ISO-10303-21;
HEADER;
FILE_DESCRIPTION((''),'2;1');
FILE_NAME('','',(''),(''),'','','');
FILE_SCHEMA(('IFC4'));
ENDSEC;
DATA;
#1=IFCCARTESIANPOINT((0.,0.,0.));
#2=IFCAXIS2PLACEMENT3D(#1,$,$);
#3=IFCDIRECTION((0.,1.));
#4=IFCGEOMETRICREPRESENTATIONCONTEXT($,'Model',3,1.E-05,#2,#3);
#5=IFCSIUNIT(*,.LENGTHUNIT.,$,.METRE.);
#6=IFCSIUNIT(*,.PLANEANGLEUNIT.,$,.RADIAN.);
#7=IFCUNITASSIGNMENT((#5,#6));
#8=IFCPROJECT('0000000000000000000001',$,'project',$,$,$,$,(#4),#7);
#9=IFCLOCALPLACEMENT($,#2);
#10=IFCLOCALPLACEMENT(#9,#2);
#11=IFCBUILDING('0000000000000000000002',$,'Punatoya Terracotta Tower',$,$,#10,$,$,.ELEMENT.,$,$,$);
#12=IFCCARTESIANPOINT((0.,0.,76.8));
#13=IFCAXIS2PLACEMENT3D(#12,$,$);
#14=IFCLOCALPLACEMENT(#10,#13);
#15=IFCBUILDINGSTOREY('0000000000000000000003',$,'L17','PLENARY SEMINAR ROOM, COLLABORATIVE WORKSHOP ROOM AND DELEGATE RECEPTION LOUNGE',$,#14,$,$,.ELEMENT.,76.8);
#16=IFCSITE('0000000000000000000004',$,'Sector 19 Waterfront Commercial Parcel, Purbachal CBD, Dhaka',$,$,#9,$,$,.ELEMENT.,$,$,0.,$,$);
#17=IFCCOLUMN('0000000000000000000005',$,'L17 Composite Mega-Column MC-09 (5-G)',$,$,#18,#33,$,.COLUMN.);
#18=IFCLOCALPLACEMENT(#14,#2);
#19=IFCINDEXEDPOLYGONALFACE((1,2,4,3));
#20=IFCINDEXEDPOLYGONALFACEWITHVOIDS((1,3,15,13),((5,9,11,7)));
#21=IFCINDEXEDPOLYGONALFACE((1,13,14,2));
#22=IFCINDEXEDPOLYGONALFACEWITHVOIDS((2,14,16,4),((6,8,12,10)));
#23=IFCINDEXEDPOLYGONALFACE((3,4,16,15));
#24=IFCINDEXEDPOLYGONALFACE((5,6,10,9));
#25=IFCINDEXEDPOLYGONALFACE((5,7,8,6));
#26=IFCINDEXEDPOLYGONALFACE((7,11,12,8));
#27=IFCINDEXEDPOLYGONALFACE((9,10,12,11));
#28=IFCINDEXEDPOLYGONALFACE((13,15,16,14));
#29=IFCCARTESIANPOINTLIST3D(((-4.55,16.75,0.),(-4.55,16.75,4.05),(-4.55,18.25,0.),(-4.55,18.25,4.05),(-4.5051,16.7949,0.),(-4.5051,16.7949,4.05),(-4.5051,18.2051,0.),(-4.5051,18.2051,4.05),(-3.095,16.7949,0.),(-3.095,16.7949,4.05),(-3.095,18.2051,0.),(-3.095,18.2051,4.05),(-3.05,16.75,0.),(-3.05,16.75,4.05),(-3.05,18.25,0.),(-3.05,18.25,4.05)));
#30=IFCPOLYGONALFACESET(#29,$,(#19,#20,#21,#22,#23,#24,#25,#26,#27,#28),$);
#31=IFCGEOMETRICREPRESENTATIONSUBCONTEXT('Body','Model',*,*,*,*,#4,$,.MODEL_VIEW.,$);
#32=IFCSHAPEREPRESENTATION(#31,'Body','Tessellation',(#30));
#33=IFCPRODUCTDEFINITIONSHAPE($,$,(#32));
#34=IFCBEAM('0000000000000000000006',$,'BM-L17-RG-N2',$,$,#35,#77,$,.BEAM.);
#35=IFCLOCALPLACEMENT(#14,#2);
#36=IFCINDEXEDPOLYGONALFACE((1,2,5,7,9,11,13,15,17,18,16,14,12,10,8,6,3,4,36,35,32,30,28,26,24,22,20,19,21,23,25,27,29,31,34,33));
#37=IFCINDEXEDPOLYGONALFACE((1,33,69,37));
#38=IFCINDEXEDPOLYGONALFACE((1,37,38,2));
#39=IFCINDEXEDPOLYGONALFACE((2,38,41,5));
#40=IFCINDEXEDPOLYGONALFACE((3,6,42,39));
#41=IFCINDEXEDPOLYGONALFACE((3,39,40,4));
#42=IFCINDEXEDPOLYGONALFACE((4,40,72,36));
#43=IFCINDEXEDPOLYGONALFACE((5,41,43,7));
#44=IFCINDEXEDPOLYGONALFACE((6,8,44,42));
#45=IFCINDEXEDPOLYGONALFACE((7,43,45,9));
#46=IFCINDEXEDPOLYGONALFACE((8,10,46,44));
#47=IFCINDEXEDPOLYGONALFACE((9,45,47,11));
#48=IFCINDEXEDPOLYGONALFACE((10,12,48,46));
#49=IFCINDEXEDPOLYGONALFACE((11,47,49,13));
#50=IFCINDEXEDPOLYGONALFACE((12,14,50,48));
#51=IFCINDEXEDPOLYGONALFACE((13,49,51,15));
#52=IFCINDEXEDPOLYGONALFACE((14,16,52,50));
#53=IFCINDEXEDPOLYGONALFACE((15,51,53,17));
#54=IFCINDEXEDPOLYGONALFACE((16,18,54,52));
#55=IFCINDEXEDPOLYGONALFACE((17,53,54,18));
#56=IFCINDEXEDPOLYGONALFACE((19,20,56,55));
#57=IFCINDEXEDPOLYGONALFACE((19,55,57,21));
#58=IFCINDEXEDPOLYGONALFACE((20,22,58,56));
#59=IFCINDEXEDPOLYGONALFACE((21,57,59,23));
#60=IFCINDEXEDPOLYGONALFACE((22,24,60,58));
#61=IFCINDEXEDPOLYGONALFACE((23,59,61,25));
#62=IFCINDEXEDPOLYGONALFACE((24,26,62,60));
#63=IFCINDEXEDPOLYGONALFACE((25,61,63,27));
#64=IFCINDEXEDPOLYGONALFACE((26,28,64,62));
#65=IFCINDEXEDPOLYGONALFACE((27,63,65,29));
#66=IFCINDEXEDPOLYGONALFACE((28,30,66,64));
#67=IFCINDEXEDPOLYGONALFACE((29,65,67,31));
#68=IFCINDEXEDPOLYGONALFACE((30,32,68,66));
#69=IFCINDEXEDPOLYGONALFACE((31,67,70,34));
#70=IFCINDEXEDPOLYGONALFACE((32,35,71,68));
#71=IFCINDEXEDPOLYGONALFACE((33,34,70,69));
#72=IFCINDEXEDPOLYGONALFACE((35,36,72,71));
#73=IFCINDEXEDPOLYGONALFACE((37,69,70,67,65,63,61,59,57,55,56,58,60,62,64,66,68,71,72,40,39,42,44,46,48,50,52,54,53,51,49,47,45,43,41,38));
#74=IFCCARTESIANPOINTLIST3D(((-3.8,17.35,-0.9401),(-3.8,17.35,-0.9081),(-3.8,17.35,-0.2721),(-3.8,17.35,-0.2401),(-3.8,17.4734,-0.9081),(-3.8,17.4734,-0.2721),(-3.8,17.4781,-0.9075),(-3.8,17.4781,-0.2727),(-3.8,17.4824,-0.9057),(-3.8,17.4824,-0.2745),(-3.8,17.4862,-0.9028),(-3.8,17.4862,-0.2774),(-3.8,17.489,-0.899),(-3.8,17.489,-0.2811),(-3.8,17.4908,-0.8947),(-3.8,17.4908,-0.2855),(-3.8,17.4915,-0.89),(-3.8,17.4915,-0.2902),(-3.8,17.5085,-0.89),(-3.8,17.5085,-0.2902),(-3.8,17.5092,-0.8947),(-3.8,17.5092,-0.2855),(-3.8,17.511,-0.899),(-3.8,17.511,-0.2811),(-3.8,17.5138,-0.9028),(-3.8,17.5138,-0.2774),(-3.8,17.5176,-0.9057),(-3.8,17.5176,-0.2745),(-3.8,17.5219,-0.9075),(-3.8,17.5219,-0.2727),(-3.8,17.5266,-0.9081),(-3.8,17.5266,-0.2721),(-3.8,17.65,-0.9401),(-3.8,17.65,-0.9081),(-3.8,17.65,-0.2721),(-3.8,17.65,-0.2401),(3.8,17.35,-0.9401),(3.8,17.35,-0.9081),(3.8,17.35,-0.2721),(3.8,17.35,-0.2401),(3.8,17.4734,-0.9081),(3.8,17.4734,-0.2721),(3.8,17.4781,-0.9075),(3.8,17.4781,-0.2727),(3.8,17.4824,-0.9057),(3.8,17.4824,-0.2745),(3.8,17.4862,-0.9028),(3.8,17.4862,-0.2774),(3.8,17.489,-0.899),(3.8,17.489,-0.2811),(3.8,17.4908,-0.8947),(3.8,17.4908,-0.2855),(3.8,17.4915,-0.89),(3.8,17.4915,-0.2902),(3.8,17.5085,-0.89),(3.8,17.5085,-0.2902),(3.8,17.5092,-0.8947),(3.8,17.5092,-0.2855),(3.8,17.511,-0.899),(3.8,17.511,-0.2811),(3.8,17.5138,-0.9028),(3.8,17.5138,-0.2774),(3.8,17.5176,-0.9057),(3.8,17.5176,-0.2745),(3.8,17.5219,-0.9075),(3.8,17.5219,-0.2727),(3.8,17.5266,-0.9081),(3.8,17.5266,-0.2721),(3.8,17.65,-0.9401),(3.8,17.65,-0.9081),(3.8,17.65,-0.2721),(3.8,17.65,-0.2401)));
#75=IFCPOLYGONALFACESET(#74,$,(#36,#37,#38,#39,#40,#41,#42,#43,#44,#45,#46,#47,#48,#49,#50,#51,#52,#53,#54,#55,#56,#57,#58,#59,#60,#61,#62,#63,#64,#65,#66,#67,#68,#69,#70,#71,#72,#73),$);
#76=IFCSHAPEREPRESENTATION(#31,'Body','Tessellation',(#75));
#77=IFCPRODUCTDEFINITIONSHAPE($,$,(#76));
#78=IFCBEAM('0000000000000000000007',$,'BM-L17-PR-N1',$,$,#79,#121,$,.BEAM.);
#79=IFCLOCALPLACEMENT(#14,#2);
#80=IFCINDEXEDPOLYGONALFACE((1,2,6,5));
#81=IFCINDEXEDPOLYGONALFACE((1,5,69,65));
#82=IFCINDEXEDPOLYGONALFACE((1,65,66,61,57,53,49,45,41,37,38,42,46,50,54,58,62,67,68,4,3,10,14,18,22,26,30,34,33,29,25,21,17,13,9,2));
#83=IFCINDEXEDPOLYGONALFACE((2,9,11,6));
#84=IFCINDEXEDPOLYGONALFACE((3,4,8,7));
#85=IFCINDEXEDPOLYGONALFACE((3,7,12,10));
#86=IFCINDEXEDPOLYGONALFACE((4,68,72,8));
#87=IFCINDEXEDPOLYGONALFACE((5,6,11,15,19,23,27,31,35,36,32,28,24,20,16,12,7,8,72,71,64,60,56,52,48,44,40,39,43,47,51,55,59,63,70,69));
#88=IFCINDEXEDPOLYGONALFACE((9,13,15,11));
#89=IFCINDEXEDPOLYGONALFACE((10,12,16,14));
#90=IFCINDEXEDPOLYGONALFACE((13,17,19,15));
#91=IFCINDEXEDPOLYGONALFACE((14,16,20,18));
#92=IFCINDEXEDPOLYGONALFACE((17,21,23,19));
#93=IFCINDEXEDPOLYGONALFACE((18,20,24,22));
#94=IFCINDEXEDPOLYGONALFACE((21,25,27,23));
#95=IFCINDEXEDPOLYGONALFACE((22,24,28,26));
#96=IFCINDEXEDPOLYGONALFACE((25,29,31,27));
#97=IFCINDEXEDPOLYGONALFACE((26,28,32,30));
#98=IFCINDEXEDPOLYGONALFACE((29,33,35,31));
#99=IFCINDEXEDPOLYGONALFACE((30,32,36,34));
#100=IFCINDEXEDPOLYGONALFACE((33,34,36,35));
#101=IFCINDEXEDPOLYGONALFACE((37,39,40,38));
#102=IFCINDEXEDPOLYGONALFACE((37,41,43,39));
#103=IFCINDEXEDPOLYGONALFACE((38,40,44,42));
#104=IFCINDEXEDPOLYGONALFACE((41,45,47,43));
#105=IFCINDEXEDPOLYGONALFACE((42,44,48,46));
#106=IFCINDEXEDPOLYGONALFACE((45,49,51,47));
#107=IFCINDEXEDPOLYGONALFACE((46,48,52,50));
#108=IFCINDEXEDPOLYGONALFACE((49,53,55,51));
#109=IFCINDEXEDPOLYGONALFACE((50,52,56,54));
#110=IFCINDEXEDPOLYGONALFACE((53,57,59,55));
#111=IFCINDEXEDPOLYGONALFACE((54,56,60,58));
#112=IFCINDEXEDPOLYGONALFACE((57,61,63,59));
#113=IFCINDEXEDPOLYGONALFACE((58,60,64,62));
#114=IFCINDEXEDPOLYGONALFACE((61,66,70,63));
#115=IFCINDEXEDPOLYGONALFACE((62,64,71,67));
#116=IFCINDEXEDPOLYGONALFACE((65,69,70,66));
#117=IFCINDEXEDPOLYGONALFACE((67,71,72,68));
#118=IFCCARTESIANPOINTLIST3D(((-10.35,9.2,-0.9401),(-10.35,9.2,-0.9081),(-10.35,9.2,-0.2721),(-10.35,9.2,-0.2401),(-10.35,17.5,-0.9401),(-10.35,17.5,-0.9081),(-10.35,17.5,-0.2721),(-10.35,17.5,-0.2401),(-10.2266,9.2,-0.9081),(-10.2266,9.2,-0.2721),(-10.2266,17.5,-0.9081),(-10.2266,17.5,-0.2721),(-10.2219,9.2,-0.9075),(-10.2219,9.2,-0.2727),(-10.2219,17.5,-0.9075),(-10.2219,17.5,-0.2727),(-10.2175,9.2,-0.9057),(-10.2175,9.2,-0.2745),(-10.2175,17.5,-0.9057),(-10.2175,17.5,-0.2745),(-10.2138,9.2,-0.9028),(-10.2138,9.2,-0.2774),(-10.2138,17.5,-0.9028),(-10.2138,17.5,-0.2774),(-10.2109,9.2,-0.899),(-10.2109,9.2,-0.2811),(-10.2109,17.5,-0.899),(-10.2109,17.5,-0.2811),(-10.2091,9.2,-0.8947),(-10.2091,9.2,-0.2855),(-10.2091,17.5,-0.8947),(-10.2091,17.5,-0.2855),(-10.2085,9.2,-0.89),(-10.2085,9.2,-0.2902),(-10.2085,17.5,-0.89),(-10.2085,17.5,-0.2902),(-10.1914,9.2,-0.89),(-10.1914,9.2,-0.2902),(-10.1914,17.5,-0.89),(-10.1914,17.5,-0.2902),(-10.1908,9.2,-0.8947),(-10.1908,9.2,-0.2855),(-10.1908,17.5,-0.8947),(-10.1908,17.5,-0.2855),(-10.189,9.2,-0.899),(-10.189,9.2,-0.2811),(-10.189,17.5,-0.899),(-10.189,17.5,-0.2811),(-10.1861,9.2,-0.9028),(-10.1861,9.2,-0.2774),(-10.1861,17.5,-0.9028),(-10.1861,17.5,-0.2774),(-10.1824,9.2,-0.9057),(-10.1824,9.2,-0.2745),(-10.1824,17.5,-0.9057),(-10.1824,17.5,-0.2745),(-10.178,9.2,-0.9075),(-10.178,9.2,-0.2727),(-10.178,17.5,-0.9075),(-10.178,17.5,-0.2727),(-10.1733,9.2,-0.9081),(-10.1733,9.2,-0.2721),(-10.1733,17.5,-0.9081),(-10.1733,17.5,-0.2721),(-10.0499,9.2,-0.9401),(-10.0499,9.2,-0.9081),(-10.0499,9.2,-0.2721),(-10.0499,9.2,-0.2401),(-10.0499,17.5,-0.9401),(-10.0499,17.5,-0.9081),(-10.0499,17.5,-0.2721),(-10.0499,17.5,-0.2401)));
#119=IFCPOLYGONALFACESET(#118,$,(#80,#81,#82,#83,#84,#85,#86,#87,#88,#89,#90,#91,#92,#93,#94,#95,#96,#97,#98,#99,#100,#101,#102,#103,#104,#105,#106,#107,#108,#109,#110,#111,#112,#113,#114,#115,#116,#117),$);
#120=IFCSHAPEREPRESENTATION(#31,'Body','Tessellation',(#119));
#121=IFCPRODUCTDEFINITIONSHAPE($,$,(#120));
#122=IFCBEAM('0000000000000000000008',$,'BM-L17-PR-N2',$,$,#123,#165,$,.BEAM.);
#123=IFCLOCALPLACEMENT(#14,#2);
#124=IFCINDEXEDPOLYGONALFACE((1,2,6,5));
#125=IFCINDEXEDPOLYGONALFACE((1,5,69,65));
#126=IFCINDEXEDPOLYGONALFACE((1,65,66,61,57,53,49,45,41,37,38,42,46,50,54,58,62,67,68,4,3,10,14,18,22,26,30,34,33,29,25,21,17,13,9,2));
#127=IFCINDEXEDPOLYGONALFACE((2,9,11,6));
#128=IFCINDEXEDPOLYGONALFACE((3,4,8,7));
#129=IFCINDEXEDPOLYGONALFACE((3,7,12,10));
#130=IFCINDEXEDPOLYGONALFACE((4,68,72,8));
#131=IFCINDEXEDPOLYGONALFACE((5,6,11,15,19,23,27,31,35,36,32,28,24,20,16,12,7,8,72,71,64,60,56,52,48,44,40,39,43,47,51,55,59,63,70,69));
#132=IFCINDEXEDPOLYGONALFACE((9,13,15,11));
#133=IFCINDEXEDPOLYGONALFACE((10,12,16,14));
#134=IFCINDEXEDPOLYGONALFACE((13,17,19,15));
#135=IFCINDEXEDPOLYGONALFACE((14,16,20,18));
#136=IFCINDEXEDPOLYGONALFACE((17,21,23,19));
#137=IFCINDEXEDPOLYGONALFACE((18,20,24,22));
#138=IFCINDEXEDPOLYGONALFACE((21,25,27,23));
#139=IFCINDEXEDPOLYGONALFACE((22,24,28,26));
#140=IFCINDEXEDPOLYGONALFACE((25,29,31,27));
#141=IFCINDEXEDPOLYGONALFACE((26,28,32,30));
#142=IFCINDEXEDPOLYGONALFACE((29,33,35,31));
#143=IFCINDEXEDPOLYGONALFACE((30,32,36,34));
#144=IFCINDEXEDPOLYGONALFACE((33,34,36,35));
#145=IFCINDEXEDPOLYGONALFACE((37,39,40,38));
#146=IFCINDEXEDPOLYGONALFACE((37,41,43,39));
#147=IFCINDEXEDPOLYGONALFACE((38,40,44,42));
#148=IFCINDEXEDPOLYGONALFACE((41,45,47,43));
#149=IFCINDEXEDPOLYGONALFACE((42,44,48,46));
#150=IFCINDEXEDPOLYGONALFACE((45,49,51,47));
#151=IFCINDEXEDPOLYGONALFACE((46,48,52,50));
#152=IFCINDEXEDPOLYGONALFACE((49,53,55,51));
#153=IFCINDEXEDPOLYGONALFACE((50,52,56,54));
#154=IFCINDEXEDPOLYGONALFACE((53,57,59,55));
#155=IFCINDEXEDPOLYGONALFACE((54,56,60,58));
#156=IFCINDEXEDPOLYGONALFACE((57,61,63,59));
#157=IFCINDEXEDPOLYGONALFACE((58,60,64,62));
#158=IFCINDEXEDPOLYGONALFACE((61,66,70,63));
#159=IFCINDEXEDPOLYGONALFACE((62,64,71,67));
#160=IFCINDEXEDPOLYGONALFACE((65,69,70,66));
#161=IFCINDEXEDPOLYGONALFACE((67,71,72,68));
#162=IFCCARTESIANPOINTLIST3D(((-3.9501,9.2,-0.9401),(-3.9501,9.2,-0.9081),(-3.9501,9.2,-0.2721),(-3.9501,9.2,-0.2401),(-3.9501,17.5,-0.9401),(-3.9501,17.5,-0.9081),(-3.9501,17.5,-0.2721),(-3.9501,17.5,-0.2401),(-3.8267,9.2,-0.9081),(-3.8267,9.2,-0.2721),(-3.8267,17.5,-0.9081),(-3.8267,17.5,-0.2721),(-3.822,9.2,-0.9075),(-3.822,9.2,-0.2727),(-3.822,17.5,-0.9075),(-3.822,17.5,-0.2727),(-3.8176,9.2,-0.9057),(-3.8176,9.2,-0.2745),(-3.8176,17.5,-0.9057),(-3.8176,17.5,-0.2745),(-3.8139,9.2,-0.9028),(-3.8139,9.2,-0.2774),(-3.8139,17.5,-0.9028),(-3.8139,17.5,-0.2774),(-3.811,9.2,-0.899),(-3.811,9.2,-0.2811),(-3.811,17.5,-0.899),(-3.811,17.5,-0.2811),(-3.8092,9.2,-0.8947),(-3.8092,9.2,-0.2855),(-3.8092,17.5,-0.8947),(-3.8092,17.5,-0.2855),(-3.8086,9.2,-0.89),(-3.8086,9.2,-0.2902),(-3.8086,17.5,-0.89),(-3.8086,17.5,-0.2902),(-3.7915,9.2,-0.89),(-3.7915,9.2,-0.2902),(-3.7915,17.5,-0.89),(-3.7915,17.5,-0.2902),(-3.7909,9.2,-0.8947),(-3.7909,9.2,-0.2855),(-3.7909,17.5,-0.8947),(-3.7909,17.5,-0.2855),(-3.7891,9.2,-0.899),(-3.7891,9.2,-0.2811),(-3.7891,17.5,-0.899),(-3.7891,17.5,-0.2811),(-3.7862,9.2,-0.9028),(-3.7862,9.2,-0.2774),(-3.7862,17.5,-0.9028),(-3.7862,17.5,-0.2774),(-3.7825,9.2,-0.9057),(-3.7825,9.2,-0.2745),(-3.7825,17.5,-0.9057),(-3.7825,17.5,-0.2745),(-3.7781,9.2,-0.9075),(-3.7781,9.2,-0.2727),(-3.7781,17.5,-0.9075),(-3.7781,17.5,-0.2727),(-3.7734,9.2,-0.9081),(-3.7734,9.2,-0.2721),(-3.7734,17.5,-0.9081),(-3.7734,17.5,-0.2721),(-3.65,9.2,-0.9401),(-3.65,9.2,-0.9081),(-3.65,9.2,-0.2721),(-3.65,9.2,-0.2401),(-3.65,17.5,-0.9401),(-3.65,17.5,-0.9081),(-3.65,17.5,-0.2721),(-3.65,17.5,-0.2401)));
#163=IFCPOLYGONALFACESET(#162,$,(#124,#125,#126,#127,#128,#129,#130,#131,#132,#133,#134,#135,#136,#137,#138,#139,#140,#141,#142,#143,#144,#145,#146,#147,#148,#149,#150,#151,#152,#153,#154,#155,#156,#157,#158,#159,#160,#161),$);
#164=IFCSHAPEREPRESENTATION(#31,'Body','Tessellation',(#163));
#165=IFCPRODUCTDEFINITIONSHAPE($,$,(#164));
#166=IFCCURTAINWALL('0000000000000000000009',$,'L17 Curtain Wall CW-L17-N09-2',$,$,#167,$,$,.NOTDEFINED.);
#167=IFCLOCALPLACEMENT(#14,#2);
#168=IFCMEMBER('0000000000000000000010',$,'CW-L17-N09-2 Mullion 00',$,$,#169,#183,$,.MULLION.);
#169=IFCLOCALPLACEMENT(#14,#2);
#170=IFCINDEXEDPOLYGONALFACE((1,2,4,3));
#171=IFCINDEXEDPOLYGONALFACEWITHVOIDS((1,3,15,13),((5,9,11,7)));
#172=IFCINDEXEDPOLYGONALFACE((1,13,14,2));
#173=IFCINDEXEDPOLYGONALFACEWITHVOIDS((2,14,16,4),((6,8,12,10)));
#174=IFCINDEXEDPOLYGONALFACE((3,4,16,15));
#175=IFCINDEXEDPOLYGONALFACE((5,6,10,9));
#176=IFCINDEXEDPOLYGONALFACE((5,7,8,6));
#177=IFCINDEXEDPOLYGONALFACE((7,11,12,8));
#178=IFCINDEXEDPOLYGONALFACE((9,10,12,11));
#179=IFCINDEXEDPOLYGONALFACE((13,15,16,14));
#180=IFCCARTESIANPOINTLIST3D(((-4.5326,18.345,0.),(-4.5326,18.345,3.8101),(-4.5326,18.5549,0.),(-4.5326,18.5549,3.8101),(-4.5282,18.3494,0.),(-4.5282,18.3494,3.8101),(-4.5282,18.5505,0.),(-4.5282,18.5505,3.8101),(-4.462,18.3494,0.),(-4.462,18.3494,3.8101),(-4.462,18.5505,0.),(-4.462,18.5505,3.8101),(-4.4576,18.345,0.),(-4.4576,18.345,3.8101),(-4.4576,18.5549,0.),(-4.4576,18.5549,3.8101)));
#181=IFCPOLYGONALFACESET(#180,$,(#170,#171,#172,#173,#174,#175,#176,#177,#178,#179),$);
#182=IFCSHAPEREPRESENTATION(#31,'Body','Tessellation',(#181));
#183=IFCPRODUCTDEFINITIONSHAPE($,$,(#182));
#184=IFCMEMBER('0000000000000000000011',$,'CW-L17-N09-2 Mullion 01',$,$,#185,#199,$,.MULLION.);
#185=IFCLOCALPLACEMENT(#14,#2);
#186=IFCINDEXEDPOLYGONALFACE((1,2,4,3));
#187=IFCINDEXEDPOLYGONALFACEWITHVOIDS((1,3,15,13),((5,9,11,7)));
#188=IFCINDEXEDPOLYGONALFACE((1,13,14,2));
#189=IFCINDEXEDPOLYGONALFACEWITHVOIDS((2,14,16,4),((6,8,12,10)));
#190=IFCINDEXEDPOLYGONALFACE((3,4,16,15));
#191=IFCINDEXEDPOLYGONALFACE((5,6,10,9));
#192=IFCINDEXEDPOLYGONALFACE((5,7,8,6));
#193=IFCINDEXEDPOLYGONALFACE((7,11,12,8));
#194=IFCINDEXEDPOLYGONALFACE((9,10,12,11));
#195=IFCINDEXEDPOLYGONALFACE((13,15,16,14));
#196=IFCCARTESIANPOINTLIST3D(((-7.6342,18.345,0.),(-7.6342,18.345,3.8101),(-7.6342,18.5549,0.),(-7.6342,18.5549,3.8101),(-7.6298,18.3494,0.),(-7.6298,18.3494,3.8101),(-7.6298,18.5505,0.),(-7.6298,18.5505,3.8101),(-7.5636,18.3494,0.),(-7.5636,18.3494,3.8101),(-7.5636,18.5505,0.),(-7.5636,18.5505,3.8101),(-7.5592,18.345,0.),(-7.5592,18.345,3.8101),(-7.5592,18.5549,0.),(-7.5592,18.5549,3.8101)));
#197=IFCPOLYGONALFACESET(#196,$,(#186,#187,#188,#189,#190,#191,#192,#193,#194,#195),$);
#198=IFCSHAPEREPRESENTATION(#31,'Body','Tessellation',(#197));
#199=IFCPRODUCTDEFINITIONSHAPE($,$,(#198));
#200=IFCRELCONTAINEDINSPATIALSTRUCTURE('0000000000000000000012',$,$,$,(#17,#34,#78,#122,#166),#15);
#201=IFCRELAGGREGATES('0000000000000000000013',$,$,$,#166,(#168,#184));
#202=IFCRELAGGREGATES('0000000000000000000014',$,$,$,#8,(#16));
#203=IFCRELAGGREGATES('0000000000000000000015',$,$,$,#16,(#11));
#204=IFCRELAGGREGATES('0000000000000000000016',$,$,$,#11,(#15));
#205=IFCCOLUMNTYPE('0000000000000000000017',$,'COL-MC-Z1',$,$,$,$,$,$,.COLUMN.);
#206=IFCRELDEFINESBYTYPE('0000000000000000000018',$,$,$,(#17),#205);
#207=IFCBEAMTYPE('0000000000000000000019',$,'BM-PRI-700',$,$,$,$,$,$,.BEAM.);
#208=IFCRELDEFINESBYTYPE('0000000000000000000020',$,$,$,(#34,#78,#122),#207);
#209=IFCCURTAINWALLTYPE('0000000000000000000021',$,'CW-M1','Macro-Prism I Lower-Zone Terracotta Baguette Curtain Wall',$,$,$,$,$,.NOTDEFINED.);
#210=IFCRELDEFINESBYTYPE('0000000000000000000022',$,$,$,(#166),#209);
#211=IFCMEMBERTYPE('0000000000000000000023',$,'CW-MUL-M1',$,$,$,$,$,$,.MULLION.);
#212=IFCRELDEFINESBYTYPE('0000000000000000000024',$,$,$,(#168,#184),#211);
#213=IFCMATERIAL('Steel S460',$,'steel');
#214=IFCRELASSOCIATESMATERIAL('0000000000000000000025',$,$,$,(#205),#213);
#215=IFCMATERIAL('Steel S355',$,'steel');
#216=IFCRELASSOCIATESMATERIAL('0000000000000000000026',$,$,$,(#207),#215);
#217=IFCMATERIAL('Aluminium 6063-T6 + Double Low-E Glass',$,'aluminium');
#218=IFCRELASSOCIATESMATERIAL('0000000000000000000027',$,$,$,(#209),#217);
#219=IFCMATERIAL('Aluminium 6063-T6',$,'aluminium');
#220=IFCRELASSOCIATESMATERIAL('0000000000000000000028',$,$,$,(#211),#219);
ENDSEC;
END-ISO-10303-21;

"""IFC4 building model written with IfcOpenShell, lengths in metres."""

from ifc_helpers import new_model, si_unit, direction, frame, origin, origin_2d, place, context, subcontext, project, spatial, hollow_rectangle, i_section, extrude, material, material_profile, profile_set, type_object, element, aggregate, save


model = new_model("IFC4")

# Units and contexts
model_context = context("Model", 3, precision=1e-05, world=origin(), true_north=direction((0.0, 1.0)))
body_context = subcontext(model_context, "Body", "Model", "MODEL_VIEW")
ifc_project = project(units=[si_unit("LENGTHUNIT", "METRE"), si_unit("PLANEANGLEUNIT", "RADIAN")], contexts=[model_context])

# Site, building, storey
site_placement = place(None, origin())
site = spatial("IfcSite", under=ifc_project, at=site_placement, Name="Sector 19 Waterfront Commercial Parcel, Purbachal CBD, Dhaka", CompositionType="ELEMENT", RefElevation=0.0)
building_placement = place(site_placement, origin())
building = spatial("IfcBuilding", under=site, at=building_placement, Name="Punatoya Terracotta Tower", CompositionType="ELEMENT")
storey_placement = place(building_placement, frame((0.0, 0.0, 76.8)))
storey = spatial("IfcBuildingStorey", under=building, at=storey_placement, Name="L17", Description="PLENARY SEMINAR ROOM, COLLABORATIVE WORKSHOP ROOM AND DELEGATE RECEPTION LOUNGE", CompositionType="ELEMENT", Elevation=76.8)

# Column
ifc_material_1 = material(Name="Steel S460", Category="steel")
ifc_material_profile_1 = material_profile(ifc_material_1, hollow_rectangle(XDim=1.5, YDim=1.5, WallThickness=0.0449, at=origin_2d()))
ifc_profile_set_1 = profile_set([ifc_material_profile_1], Name="Steel S460")
column_type = type_object("IfcColumnType", Name="COL-MC-Z1", PredefinedType="COLUMN", material=ifc_profile_set_1)
column_placement = place(storey_placement, frame((-3.8, 17.5, 0.0), z_axis=(0.0, 0.0, 1.0), x_axis=(1.0, 0.0, 0.0)))
element("IfcColumn", 1, at=column_placement, inside=storey, type_object=column_type, Name="L17 Composite Mega-Column MC-09 (5-G)", PredefinedType="COLUMN", context=body_context, shape_type="SweptSolid", body=[
    extrude(hollow_rectangle(XDim=1.5, YDim=1.5, WallThickness=0.0449, at=origin_2d()), origin(), (0.0, 0.0, 1.0), 4.05),
])

# Beams
ifc_material_2 = material(Name="Steel S355", Category="steel")
ifc_material_profile_2 = material_profile(ifc_material_2, i_section(OverallWidth=0.3, OverallDepth=0.7, WebThickness=0.0171, FlangeThickness=0.032, FilletRadius=0.0181, at=origin_2d()))
ifc_profile_set_2 = profile_set([ifc_material_profile_2], Name="Steel S355")
beam_type = type_object("IfcBeamType", Name="BM-PRI-700", PredefinedType="BEAM", material=ifc_profile_set_2)
beam_placement = place(storey_placement, frame((-3.8, 17.5, -0.5901), z_axis=(1.0, 0.0, 0.0), x_axis=(0.0, 1.0, 0.0)))
element("IfcBeam", 2, at=beam_placement, inside=storey, type_object=beam_type, Name="BM-L17-RG-N2", PredefinedType="BEAM", context=body_context, shape_type="SweptSolid", body=[
    extrude(i_section(OverallWidth=0.3, OverallDepth=0.7, WebThickness=0.0171, FlangeThickness=0.032, FilletRadius=0.0181, at=origin_2d()), origin(), (0.0, 0.0, 1.0), 7.6001),
])
for number, where, z_axis, x_axis, name in (
    (3, (-10.2, 9.2, -0.5901), (0.0, 1.0, 0.0), (-1.0, 0.0, 0.0), "BM-L17-PR-N1"),
    (4, (-3.8, 9.2, -0.5901), (0.0, 1.0, 0.0), (-1.0, 0.0, 0.0), "BM-L17-PR-N2"),
):
    element("IfcBeam", number, at=place(storey_placement, frame(where, z_axis=z_axis, x_axis=x_axis)), inside=storey, type_object=beam_type, Name=name, PredefinedType="BEAM", context=body_context, shape_type="SweptSolid", body=[
        extrude(i_section(OverallWidth=0.3, OverallDepth=0.7, WebThickness=0.0171, FlangeThickness=0.032, FilletRadius=0.0181, at=origin_2d()), origin(), (0.0, 0.0, 1.0), 8.3),
    ])

# Curtain wall, members
ifc_material_3 = material(Name="Aluminium 6063-T6 + Double Low-E Glass", Category="aluminium")
curtain_wall_type = type_object("IfcCurtainWallType", Name="CW-M1", Description="Macro-Prism I Lower-Zone Terracotta Baguette Curtain Wall", PredefinedType="NOTDEFINED", material=ifc_material_3)
curtain_wall_placement = place(storey_placement, origin())
curtain_wall = element("IfcCurtainWall", 5, at=curtain_wall_placement, inside=storey, type_object=curtain_wall_type, Name="L17 Curtain Wall CW-L17-N09-2", PredefinedType="NOTDEFINED")
ifc_material_4 = material(Name="Aluminium 6063-T6", Category="aluminium")
ifc_material_profile_3 = material_profile(ifc_material_4, hollow_rectangle(XDim=0.075, YDim=0.21, WallThickness=0.0044, at=origin_2d()))
ifc_profile_set_3 = profile_set([ifc_material_profile_3], Name="Aluminium 6063-T6")
member_type_1 = type_object("IfcMemberType", Name="CW-MUL-M1", PredefinedType="MULLION", material=ifc_profile_set_3)
member_1_placement = place(storey_placement, frame((-4.4951, 18.45, 0.0), z_axis=(0.0, 0.0, 1.0), x_axis=(1.0, 0.0, 0.0)))
member_1 = element("IfcMember", 6, at=member_1_placement, type_object=member_type_1, Name="CW-L17-N09-2 Mullion 00", PredefinedType="MULLION", context=body_context, shape_type="SweptSolid", body=[
    extrude(hollow_rectangle(XDim=0.075, YDim=0.21, WallThickness=0.0044, at=origin_2d()), origin(), (0.0, 0.0, 1.0), 3.8101),
])
member_2_placement = place(storey_placement, frame((-7.5967, 18.45, 0.0), z_axis=(0.0, 0.0, 1.0), x_axis=(1.0, 0.0, 0.0)))
member_2 = element("IfcMember", 7, at=member_2_placement, type_object=member_type_1, Name="CW-L17-N09-2 Mullion 01", PredefinedType="MULLION", context=body_context, shape_type="SweptSolid", body=[
    extrude(hollow_rectangle(XDim=0.075, YDim=0.21, WallThickness=0.0044, at=origin_2d()), origin(), (0.0, 0.0, 1.0), 3.8101),
])

aggregate(curtain_wall, [member_1, member_2])

save(model, "model.ifc")
